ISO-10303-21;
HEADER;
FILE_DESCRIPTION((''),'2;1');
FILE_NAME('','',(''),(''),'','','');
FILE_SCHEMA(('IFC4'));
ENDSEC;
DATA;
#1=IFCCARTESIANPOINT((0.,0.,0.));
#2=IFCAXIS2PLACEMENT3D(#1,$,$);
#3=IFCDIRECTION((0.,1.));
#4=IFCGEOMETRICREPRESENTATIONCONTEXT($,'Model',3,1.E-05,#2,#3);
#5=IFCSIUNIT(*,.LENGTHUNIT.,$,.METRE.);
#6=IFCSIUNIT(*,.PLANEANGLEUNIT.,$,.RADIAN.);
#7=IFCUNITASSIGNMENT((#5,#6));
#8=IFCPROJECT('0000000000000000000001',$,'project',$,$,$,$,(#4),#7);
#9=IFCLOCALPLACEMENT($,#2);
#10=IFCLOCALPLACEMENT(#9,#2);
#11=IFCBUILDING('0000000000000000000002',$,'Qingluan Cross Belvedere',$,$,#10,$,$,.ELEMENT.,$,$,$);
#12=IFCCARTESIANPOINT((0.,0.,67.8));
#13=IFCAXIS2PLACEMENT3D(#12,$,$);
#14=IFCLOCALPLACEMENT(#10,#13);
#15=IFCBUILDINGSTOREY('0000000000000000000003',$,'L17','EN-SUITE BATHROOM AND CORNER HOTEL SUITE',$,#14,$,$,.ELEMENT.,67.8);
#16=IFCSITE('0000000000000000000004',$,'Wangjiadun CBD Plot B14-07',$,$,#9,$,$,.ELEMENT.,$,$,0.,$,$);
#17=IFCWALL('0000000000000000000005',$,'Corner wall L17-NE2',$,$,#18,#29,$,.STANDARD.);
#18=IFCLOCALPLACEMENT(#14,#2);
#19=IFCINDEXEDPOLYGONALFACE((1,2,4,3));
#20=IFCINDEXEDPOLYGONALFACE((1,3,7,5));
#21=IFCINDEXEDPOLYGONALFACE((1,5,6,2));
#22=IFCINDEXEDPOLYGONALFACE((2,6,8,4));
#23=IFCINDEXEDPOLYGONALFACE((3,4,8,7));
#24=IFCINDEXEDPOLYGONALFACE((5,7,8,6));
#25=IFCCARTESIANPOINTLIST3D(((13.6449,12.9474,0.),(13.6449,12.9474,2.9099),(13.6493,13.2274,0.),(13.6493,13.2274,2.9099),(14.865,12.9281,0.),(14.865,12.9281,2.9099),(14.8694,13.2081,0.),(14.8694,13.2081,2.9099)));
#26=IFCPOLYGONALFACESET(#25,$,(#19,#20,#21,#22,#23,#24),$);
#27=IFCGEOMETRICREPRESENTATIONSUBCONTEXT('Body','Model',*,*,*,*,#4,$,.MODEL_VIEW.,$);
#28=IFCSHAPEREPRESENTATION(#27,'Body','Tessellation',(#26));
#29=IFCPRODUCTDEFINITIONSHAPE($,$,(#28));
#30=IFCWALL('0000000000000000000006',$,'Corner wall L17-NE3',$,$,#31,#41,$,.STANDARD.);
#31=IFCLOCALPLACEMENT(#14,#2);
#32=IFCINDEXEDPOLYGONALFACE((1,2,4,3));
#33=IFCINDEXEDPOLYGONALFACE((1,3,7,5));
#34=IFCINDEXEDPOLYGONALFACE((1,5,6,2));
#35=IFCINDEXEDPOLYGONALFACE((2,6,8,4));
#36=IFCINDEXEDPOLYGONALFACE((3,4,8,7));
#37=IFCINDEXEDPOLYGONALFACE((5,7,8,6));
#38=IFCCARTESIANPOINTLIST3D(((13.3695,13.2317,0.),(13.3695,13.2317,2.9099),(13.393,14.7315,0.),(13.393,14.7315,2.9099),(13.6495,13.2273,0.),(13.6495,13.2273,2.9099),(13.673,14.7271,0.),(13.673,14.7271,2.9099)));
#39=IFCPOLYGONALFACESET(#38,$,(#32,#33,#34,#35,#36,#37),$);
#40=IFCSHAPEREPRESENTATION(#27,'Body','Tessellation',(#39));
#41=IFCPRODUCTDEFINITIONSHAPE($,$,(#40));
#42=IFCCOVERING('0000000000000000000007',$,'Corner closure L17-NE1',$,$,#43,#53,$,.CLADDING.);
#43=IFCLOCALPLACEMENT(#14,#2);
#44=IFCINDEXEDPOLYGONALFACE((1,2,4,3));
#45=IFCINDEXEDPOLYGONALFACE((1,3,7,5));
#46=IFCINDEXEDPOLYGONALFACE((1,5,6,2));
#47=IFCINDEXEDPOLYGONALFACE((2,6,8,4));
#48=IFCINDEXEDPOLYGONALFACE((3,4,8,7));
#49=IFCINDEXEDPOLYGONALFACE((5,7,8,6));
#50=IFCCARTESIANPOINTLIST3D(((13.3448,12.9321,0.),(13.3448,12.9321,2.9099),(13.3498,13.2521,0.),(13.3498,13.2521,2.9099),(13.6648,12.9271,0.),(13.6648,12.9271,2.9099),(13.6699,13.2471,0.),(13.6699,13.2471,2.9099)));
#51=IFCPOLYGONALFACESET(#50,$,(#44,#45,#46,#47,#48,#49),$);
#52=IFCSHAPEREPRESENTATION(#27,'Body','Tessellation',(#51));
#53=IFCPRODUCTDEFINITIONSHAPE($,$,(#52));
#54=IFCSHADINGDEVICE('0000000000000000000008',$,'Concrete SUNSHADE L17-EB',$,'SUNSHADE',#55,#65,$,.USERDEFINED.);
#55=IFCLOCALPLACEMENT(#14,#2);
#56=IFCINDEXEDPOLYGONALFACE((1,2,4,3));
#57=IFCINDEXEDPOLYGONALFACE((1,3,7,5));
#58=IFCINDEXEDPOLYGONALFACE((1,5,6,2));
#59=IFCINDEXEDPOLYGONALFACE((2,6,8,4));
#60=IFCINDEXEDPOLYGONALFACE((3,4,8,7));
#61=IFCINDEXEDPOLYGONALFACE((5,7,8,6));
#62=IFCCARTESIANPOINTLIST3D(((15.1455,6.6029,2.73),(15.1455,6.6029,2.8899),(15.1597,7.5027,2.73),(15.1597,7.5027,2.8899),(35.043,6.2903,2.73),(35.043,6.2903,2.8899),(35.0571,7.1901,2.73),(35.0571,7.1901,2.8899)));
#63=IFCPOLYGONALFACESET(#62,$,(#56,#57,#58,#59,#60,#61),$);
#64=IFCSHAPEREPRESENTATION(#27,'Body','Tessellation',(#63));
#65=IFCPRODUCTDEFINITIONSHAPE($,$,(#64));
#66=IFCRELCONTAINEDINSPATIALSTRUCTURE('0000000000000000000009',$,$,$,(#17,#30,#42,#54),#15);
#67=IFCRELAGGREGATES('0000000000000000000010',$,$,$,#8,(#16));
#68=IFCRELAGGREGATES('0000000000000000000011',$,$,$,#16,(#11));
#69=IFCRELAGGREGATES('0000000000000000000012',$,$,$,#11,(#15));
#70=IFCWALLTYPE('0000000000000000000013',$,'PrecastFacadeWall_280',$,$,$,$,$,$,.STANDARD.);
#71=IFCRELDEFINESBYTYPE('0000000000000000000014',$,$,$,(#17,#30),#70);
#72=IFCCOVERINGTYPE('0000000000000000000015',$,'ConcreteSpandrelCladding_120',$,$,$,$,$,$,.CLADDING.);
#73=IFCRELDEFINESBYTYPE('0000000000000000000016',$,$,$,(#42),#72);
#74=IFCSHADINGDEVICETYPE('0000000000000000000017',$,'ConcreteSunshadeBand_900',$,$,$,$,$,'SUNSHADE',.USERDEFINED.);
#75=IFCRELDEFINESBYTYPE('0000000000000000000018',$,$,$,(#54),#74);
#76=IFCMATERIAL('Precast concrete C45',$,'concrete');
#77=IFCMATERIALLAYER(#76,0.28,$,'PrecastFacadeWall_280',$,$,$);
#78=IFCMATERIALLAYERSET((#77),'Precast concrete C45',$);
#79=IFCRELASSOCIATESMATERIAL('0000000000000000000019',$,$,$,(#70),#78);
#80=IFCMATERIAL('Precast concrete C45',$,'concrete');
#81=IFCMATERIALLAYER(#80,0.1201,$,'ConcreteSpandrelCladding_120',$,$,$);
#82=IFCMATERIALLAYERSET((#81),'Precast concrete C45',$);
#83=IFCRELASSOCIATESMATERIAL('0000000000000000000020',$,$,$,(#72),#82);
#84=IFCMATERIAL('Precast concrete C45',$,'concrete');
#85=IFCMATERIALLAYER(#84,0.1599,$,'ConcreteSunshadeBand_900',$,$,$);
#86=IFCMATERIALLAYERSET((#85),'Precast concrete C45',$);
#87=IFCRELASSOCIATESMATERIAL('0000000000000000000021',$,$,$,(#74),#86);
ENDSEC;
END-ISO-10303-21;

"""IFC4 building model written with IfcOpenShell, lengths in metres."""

from ifc_helpers import new_model, si_unit, direction, frame, frame_2d, origin, origin_2d, place, context, subcontext, project, spatial, rectangle, extrude, material, layer, layer_set, type_object, element, save


model = new_model("IFC4")

# Units and contexts
model_context = context("Model", 3, precision=1e-05, world=origin(), true_north=direction((0.0, 1.0)))
body_context = subcontext(model_context, "Body", "Model", "MODEL_VIEW")
ifc_project = project(units=[si_unit("LENGTHUNIT", "METRE"), si_unit("PLANEANGLEUNIT", "RADIAN")], contexts=[model_context])

# Site, building, storey
site_placement = place(None, origin())
site = spatial("IfcSite", under=ifc_project, at=site_placement, Name="Wangjiadun CBD Plot B14-07", CompositionType="ELEMENT", RefElevation=0.0)
building_placement = place(site_placement, origin())
building = spatial("IfcBuilding", under=site, at=building_placement, Name="Qingluan Cross Belvedere", CompositionType="ELEMENT")
storey_placement = place(building_placement, frame((0.0, 0.0, 67.8)))
storey = spatial("IfcBuildingStorey", under=building, at=storey_placement, Name="L17", Description="EN-SUITE BATHROOM AND CORNER HOTEL SUITE", CompositionType="ELEMENT", Elevation=67.8)

# Walls
ifc_material_1 = material(Name="Precast concrete C45", Category="concrete")
ifc_layer_1 = layer(ifc_material_1, 0.28, Name="PrecastFacadeWall_280")
ifc_layer_set_1 = layer_set([ifc_layer_1], Name="Precast concrete C45")
wall_type_1 = type_object("IfcWallType", Name="PrecastFacadeWall_280", PredefinedType="STANDARD", material=ifc_layer_set_1)
wall_1_placement = place(storey_placement, frame((14.8672, 13.0681, 0.0), z_axis=(0.0, 0.0, 1.0), x_axis=(-0.999875, 0.015808, 0.0)))
element("IfcWall", 1, at=wall_1_placement, inside=storey, type_object=wall_type_1, Name="Corner wall L17-NE2", PredefinedType="STANDARD", context=body_context, shape_type="SweptSolid", body=[
    extrude(rectangle(XDim=1.2202, YDim=0.28, at=frame_2d((0.6101, 0.0))), origin(), (0.0, 0.0, 1.0), 2.9099),
])
wall_2_placement = place(storey_placement, frame((13.5095, 13.2295, 0.0), z_axis=(0.0, 0.0, 1.0), x_axis=(0.015626, 0.999878, 0.0)))
element("IfcWall", 2, at=wall_2_placement, inside=storey, type_object=wall_type_1, Name="Corner wall L17-NE3", PredefinedType="STANDARD", context=body_context, shape_type="SweptSolid", body=[
    extrude(rectangle(XDim=1.5, YDim=0.28, at=frame_2d((0.75, 0.0))), origin(), (0.0, 0.0, 1.0), 2.9099),
])

# Covering
ifc_material_2 = material(Name="Precast concrete C45", Category="concrete")
ifc_layer_2 = layer(ifc_material_2, 0.1201, Name="ConcreteSpandrelCladding_120")
ifc_layer_set_2 = layer_set([ifc_layer_2], Name="Precast concrete C45")
covering_type = type_object("IfcCoveringType", Name="ConcreteSpandrelCladding_120", PredefinedType="CLADDING", material=ifc_layer_set_2)
covering_placement = place(storey_placement, frame((13.5073, 13.0896, 0.0), z_axis=(0.0, 0.0, 1.0), x_axis=(0.999877, -0.015707, 0.0)))
element("IfcCovering", 3, at=covering_placement, inside=storey, type_object=covering_type, Name="Corner closure L17-NE1", PredefinedType="CLADDING", context=body_context, shape_type="SweptSolid", body=[
    extrude(rectangle(XDim=0.3201, YDim=0.3201, at=origin_2d()), origin(), (0.0, 0.0, 1.0), 2.9099),
])

# Shading device
ifc_material_3 = material(Name="Precast concrete C45", Category="concrete")
ifc_layer_3 = layer(ifc_material_3, 0.1599, Name="ConcreteSunshadeBand_900")
ifc_layer_set_3 = layer_set([ifc_layer_3], Name="Precast concrete C45")
shading_device_type = type_object("IfcShadingDeviceType", Name="ConcreteSunshadeBand_900", ElementType="SUNSHADE", PredefinedType="USERDEFINED", material=ifc_layer_set_3)
shading_device_placement = place(storey_placement, frame((25.1013, 6.8965, 2.73), z_axis=(0.0, 0.0, 1.0), x_axis=(-0.999877, 0.015706, 0.0)))
element("IfcShadingDevice", 4, at=shading_device_placement, inside=storey, type_object=shading_device_type, Name="Concrete SUNSHADE L17-EB", ObjectType="SUNSHADE", PredefinedType="USERDEFINED", context=body_context, shape_type="SweptSolid", body=[
    extrude(rectangle(XDim=19.8999, YDim=0.8999, at=origin_2d()), origin(), (0.0, 0.0, 1.0), 0.1599),
])

save(model, "model.ifc")
